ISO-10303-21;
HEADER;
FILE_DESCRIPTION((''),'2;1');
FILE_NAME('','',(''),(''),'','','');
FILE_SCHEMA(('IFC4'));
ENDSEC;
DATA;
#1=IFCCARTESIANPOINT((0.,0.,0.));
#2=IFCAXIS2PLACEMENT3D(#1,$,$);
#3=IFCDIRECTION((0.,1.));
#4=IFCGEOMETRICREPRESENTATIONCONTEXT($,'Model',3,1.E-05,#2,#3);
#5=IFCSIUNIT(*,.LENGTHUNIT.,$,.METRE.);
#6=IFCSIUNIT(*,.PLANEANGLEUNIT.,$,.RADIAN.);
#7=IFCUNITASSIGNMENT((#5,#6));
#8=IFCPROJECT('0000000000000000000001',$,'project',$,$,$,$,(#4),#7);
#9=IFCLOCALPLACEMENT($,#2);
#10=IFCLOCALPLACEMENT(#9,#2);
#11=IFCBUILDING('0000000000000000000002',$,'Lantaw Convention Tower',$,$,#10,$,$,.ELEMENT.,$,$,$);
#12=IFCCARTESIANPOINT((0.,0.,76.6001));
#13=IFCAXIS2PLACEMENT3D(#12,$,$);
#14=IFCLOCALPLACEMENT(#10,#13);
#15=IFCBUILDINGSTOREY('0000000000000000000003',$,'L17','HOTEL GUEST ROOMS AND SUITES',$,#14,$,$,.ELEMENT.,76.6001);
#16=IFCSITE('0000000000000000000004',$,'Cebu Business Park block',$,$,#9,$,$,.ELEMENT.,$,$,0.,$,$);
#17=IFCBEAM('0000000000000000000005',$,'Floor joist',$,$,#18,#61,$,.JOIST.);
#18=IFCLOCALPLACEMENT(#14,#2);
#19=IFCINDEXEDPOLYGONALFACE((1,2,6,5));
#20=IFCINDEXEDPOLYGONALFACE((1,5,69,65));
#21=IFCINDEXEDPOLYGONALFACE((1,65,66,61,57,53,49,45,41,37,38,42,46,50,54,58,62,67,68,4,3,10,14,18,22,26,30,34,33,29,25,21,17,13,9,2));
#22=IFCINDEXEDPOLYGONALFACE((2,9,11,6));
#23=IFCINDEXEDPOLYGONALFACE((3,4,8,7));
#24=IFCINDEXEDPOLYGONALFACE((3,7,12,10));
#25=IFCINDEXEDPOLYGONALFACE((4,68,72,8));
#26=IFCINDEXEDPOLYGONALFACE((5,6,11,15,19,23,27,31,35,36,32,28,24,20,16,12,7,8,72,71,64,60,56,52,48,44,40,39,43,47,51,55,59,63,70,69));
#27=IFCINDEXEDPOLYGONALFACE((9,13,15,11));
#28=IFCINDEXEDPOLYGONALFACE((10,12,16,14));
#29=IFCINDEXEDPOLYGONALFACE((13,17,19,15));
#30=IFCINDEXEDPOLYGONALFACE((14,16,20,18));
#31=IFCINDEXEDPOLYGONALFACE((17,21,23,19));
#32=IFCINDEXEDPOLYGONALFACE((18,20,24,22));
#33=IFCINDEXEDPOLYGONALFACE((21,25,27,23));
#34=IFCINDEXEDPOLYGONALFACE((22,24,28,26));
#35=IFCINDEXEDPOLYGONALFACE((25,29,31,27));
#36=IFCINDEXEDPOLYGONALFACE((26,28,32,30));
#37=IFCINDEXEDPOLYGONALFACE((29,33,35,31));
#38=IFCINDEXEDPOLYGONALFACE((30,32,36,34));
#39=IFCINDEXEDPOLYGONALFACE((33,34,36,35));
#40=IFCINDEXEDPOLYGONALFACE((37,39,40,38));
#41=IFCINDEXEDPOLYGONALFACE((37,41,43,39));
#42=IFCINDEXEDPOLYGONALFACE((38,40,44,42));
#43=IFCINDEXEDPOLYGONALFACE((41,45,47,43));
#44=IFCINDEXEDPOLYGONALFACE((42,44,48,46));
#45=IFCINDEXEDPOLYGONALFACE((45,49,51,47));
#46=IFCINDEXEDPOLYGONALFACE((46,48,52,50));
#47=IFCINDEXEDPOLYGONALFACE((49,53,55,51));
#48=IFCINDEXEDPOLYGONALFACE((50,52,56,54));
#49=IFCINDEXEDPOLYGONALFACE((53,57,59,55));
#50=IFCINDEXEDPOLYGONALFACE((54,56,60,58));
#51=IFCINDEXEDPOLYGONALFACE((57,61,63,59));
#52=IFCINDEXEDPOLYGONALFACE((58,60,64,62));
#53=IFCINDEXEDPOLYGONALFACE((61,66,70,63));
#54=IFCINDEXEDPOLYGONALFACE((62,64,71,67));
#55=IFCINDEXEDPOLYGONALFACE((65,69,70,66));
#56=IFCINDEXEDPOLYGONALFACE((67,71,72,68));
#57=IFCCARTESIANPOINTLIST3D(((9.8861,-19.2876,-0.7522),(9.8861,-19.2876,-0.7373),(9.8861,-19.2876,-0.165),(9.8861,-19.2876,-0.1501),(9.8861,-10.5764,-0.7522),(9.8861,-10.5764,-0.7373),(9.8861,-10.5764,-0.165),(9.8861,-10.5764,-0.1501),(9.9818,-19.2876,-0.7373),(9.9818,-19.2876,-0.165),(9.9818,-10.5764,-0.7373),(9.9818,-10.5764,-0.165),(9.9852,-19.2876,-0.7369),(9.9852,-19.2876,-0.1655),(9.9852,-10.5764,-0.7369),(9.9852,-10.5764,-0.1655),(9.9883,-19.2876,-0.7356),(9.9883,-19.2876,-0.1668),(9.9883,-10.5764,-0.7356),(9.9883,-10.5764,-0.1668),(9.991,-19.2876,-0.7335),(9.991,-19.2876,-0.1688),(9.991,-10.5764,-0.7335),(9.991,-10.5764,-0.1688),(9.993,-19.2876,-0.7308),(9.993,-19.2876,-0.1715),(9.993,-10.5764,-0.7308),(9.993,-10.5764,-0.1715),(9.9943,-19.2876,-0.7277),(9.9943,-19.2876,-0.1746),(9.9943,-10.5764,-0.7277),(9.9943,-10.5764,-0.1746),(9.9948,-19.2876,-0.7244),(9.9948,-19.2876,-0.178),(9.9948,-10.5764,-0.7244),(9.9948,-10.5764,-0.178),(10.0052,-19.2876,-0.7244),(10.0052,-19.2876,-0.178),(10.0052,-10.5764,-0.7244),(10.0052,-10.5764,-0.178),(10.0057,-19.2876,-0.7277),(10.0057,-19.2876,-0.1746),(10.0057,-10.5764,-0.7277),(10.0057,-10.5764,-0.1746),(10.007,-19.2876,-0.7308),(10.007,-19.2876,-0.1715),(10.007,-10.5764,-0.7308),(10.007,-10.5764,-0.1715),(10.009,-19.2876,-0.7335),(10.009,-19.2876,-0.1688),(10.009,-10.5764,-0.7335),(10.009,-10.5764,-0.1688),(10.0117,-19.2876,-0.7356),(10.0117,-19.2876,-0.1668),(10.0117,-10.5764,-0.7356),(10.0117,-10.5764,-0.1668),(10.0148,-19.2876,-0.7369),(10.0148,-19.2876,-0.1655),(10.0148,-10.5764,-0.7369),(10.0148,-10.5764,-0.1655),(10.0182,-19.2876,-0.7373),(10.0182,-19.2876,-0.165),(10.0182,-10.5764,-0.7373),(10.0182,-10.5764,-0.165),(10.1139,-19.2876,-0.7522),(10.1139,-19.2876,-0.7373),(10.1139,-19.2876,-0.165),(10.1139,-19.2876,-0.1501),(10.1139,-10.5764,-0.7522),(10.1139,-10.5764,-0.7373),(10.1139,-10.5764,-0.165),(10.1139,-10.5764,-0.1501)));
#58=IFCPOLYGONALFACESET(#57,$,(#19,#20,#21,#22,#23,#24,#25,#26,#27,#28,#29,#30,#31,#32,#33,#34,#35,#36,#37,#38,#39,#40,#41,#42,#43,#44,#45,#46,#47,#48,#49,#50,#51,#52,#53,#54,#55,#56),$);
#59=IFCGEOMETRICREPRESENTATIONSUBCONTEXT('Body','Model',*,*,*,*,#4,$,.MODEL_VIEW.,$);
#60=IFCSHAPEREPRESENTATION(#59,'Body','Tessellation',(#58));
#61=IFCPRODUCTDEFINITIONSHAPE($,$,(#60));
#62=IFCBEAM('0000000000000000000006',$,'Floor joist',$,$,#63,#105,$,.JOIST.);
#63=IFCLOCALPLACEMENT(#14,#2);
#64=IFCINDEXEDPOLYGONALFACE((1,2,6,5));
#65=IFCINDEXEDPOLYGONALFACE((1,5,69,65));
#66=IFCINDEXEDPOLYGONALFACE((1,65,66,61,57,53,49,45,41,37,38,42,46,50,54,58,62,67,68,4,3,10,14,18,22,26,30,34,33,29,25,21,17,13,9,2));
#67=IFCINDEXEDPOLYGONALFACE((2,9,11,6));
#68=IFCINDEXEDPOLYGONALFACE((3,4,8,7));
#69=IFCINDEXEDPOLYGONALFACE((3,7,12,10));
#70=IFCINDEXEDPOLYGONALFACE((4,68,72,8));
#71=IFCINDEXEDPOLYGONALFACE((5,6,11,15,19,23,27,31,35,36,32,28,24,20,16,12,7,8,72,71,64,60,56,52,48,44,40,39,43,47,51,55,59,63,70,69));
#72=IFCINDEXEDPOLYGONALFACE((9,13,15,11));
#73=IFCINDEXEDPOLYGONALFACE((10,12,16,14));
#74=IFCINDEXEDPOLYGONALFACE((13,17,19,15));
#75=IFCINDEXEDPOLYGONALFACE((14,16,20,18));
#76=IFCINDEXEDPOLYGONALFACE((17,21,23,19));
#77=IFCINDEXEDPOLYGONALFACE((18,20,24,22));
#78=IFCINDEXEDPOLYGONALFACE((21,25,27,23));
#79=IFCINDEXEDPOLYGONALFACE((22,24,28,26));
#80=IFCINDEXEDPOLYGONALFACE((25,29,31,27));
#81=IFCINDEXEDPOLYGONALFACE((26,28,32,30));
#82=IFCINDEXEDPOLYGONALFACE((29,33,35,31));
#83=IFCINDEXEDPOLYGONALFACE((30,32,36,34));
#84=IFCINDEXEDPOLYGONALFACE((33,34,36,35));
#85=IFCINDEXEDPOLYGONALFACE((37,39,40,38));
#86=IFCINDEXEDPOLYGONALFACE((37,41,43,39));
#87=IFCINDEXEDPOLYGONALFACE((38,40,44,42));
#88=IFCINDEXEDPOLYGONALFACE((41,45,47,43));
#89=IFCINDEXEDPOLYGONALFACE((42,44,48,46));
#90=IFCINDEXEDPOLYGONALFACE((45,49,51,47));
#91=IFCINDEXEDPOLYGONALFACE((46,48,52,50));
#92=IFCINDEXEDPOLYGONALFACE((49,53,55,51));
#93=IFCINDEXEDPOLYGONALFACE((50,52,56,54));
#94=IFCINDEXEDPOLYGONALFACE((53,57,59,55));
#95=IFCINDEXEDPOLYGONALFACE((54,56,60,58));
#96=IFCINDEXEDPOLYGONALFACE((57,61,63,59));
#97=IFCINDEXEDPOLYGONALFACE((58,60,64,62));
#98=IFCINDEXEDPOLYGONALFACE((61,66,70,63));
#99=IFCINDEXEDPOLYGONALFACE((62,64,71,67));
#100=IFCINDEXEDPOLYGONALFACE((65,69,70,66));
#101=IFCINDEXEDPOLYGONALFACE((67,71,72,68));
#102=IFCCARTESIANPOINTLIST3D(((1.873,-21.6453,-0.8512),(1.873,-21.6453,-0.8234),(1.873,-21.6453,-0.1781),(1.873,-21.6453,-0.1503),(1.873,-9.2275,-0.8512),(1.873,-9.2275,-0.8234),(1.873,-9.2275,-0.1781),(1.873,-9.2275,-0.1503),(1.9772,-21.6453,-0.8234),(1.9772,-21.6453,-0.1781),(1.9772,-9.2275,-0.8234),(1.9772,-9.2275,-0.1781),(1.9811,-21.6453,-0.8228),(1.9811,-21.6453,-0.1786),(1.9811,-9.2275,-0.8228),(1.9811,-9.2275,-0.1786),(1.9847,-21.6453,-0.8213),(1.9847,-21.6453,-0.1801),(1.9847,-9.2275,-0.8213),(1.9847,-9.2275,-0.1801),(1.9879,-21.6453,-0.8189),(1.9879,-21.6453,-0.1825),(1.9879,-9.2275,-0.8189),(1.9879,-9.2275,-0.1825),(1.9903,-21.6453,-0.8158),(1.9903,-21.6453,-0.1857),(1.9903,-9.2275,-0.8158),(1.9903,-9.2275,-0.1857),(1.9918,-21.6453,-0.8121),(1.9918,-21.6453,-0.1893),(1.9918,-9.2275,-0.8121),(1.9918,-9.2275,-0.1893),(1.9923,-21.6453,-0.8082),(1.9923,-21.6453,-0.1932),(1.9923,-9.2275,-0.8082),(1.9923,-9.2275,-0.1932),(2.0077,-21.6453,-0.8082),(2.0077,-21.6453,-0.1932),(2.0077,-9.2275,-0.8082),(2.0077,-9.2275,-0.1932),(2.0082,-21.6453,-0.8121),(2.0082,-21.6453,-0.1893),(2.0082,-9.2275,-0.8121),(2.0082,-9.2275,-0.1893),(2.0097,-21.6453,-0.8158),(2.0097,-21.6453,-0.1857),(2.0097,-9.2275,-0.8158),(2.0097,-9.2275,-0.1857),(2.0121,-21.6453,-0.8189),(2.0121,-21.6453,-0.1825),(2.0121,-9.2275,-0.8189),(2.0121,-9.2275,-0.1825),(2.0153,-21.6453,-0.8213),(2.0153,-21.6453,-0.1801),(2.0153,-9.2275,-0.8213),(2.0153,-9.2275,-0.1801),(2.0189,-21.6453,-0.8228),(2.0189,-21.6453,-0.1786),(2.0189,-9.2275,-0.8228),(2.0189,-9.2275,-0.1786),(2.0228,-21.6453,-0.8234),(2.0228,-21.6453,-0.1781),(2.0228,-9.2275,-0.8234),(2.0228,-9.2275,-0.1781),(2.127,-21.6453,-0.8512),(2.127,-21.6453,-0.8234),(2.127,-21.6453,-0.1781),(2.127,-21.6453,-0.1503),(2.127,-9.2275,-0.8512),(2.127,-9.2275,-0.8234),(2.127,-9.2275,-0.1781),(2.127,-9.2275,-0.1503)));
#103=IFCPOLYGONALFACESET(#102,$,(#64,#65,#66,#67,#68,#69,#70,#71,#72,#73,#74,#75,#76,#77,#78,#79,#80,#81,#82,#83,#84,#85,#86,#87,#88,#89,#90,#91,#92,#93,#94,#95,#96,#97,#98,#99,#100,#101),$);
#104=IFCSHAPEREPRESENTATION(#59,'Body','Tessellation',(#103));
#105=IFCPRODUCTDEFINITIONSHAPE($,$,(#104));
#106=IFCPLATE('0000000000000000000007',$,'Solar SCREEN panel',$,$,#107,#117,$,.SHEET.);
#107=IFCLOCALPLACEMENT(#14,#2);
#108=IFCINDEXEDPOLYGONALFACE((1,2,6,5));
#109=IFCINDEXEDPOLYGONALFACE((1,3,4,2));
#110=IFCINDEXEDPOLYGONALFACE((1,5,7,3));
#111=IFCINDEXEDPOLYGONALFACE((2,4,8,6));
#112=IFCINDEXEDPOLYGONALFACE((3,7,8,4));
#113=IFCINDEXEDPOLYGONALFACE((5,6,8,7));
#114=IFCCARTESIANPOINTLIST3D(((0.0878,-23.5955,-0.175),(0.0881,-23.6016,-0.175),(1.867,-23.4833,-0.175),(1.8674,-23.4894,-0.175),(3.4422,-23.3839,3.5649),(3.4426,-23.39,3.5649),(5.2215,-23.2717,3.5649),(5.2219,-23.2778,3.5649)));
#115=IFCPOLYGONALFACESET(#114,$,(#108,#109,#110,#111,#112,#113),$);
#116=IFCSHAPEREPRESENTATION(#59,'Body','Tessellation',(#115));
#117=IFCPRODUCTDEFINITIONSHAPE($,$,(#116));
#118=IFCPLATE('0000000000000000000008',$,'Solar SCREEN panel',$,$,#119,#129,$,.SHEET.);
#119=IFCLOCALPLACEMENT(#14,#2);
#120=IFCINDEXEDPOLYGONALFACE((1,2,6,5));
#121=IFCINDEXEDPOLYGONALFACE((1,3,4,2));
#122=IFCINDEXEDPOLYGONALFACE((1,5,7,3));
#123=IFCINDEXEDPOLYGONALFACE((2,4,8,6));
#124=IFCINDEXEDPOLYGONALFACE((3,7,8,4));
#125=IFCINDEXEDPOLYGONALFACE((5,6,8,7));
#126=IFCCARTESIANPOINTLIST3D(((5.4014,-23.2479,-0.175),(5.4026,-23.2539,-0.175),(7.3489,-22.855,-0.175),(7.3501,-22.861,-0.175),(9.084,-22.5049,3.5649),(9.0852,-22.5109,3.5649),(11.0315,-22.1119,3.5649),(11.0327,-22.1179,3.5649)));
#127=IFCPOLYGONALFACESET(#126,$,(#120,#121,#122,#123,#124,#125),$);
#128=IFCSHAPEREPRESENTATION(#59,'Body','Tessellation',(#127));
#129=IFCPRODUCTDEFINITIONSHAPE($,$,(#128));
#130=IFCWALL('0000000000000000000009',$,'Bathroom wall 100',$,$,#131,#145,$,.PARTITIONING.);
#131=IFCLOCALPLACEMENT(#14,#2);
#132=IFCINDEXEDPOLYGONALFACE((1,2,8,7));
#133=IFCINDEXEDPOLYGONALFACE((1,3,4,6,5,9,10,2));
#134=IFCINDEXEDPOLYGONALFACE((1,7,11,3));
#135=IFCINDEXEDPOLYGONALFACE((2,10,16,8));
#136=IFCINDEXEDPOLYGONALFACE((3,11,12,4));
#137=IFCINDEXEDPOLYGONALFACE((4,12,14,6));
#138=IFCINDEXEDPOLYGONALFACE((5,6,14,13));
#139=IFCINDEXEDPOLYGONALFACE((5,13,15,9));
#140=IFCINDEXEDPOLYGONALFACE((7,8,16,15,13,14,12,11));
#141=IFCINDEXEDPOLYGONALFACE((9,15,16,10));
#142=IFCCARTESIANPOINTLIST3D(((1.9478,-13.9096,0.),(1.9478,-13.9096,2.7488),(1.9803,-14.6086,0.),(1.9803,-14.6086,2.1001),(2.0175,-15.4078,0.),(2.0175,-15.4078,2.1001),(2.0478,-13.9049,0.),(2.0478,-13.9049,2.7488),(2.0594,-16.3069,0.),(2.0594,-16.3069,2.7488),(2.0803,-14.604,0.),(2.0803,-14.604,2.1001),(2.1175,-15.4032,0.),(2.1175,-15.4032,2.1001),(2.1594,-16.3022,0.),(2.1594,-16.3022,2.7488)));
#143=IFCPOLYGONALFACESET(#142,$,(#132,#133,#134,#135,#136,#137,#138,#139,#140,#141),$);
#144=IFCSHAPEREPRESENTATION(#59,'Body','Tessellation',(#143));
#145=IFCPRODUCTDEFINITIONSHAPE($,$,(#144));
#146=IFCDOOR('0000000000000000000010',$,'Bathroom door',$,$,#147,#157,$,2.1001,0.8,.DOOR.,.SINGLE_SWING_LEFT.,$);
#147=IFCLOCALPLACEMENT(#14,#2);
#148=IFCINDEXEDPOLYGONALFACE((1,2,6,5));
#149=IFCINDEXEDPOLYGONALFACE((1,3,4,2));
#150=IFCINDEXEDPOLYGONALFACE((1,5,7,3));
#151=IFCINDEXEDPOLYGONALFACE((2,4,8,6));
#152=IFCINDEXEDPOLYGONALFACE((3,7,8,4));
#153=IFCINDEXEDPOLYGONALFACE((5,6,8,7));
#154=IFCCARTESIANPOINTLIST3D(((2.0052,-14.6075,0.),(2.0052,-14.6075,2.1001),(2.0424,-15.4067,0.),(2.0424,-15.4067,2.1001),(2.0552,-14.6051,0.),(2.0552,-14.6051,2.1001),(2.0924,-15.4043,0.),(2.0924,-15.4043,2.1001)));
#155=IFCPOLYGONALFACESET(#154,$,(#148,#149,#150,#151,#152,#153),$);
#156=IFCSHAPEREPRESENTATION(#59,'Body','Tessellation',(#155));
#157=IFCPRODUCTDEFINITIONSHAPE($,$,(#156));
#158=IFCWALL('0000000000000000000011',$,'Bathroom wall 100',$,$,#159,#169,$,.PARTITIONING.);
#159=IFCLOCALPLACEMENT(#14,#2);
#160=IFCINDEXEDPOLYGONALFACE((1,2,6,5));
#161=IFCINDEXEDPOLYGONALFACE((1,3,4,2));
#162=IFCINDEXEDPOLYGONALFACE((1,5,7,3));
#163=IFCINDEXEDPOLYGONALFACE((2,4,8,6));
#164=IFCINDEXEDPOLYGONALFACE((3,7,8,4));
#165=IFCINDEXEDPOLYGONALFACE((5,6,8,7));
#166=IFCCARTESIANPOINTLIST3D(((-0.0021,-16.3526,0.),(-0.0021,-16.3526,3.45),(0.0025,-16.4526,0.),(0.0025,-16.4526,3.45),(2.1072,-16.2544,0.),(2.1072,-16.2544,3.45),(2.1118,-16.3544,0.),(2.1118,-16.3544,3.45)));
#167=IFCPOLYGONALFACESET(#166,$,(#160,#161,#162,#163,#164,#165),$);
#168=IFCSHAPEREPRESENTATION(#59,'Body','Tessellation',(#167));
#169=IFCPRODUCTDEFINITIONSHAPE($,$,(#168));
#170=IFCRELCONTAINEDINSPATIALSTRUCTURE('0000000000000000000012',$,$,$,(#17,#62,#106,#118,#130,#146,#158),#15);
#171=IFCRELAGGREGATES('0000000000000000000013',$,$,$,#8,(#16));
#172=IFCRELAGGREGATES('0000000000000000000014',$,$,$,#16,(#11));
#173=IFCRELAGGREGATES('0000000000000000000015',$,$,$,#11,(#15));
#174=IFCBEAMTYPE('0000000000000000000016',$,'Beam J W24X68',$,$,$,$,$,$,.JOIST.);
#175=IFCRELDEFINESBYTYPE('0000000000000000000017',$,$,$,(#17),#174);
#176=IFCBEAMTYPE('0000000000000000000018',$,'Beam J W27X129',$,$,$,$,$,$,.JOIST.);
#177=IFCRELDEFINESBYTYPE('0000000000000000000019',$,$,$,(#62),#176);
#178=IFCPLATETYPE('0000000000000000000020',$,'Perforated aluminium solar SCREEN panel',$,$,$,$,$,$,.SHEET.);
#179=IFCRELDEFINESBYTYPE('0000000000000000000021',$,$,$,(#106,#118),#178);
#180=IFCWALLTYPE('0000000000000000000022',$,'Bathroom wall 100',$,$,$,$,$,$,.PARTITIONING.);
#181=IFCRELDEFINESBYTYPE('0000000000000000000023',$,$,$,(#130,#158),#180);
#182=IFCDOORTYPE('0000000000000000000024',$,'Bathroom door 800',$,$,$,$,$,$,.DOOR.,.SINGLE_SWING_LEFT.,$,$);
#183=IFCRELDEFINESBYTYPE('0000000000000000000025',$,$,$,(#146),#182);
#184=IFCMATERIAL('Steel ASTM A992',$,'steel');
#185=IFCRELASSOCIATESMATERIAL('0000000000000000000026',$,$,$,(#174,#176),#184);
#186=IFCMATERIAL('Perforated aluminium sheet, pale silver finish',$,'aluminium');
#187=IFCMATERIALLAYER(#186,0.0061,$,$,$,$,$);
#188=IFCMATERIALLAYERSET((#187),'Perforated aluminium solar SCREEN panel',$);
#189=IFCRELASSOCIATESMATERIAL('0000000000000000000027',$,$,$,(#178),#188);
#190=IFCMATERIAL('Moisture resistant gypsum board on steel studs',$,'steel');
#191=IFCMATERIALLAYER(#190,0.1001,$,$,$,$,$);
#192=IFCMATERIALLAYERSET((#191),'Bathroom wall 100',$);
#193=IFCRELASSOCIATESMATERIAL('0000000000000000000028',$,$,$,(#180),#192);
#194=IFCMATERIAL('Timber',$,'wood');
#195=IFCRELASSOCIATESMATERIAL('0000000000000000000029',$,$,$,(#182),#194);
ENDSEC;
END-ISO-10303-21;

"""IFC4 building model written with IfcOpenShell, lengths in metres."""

from ifc_helpers import new_model, si_unit, direction, frame, frame_2d, origin, origin_2d, place, context, subcontext, project, spatial, polyline, rectangle, i_section, outline, extrude, material, layer, layer_set, material_profile, profile_set, type_object, element, fill, save


model = new_model("IFC4")

# Units and contexts
model_context = context("Model", 3, precision=1e-05, world=origin(), true_north=direction((0.0, 1.0)))
body_context = subcontext(model_context, "Body", "Model", "MODEL_VIEW")
ifc_project = project(units=[si_unit("LENGTHUNIT", "METRE"), si_unit("PLANEANGLEUNIT", "RADIAN")], contexts=[model_context])

# Site, building, storey
site_placement = place(None, origin())
site = spatial("IfcSite", under=ifc_project, at=site_placement, Name="Cebu Business Park block", CompositionType="ELEMENT", RefElevation=0.0)
building_placement = place(site_placement, origin())
building = spatial("IfcBuilding", under=site, at=building_placement, Name="Lantaw Convention Tower", CompositionType="ELEMENT")
storey_placement = place(building_placement, frame((0.0, 0.0, 76.6001)))
storey = spatial("IfcBuildingStorey", under=building, at=storey_placement, Name="L17", Description="HOTEL GUEST ROOMS AND SUITES", CompositionType="ELEMENT", Elevation=76.6001)

# Beams
ifc_material_1 = material(Name="Steel ASTM A992", Category="steel")
ifc_material_profile_1 = material_profile(ifc_material_1, i_section(OverallWidth=0.2278, OverallDepth=0.6021, WebThickness=0.0105, FlangeThickness=0.0149, FilletRadius=0.0129, at=origin_2d()), Name="W24X68")
ifc_profile_set_1 = profile_set([ifc_material_profile_1], Name="Steel ASTM A992")
beam_type_1 = type_object("IfcBeamType", Name="Beam J W24X68", PredefinedType="JOIST", material=ifc_profile_set_1)
beam_1_placement = place(storey_placement, frame((10.0, -19.2876, -0.4512), z_axis=(0.0, 1.0, 0.0), x_axis=(-1.0, 0.0, 0.0)))
element("IfcBeam", 1, at=beam_1_placement, inside=storey, type_object=beam_type_1, Name="Floor joist", PredefinedType="JOIST", context=body_context, shape_type="SweptSolid", body=[
    extrude(i_section(OverallWidth=0.2278, OverallDepth=0.6021, WebThickness=0.0105, FlangeThickness=0.0149, FilletRadius=0.0129, at=origin_2d()), origin(), (0.0, 0.0, 1.0), 8.7112),
])
ifc_material_profile_2 = material_profile(ifc_material_1, i_section(OverallWidth=0.2539, OverallDepth=0.7009, WebThickness=0.0154, FlangeThickness=0.0278, FilletRadius=0.0151, at=origin_2d()), Name="W27X129")
ifc_profile_set_2 = profile_set([ifc_material_profile_2], Name="Steel ASTM A992")
beam_type_2 = type_object("IfcBeamType", Name="Beam J W27X129", PredefinedType="JOIST", material=ifc_profile_set_2)
beam_2_placement = place(storey_placement, frame((2.0, -21.6453, -0.5007), z_axis=(0.0, 1.0, 0.0), x_axis=(-1.0, 0.0, 0.0)))
element("IfcBeam", 2, at=beam_2_placement, inside=storey, type_object=beam_type_2, Name="Floor joist", PredefinedType="JOIST", context=body_context, shape_type="SweptSolid", body=[
    extrude(i_section(OverallWidth=0.2539, OverallDepth=0.7009, WebThickness=0.0154, FlangeThickness=0.0278, FilletRadius=0.0151, at=origin_2d()), origin(), (0.0, 0.0, 1.0), 12.4177),
])

# Plates
ifc_material_2 = material(Name="Perforated aluminium sheet, pale silver finish", Category="aluminium")
ifc_layer_1 = layer(ifc_material_2, 0.0061)
ifc_layer_set_1 = layer_set([ifc_layer_1], Name="Perforated aluminium solar SCREEN panel")
plate_type = type_object("IfcPlateType", Name="Perforated aluminium solar SCREEN panel", PredefinedType="SHEET", material=ifc_layer_set_1)
plate_1_placement = place(storey_placement, frame((0.0881, -23.6016, -0.175), z_axis=(0.062924, -0.998018, 0.000014), x_axis=(0.998018, 0.062924, 0.0)))
element("IfcPlate", 3, at=plate_1_placement, inside=storey, type_object=plate_type, Name="Solar SCREEN panel", PredefinedType="SHEET", context=body_context, shape_type="SweptSolid", body=[
    extrude(outline(polyline([(0.0, 0.0), (1.7828, 0.0), (5.144, 3.74), (3.3611, 3.74), (0.0, 0.0)])), origin(), (0.0, 0.0, -1.0), 0.0061),
])
plate_2_placement = place(storey_placement, frame((5.4026, -23.2539, -0.175), z_axis=(0.197782, -0.980246, 0.000002), x_axis=(0.980246, 0.197782, 0.0)))
element("IfcPlate", 4, at=plate_2_placement, inside=storey, type_object=plate_type, Name="Solar SCREEN panel", PredefinedType="SHEET", context=body_context, shape_type="SweptSolid", body=[
    extrude(outline(polyline([(0.0, 0.0), (1.9867, 0.0), (5.7436, 3.74), (3.7568, 3.74), (0.0, 0.0)])), origin(), (0.0, 0.0, -1.0), 0.0061),
])

# Wall, opening, door
ifc_material_3 = material(Name="Moisture resistant gypsum board on steel studs", Category="steel")
ifc_layer_2 = layer(ifc_material_3, 0.1001)
ifc_layer_set_2 = layer_set([ifc_layer_2], Name="Bathroom wall 100")
wall_type_1 = type_object("IfcWallType", Name="Bathroom wall 100", PredefinedType="PARTITIONING", material=ifc_layer_set_2)
wall_1_placement = place(storey_placement, frame((1.9978, -13.9072, 0.0), z_axis=(0.0, 0.0, 1.0), x_axis=(0.046492, -0.998919, 0.0)))
wall_1 = element("IfcWall", 5, at=wall_1_placement, inside=storey, type_object=wall_type_1, Name="Bathroom wall 100", PredefinedType="PARTITIONING", context=body_context, shape_type="SweptSolid", body=[
    extrude(rectangle(XDim=2.3999, YDim=0.1001, at=frame_2d((1.2, 0.0))), origin(), (0.0, 0.0, 1.0), 2.7488),
])
opening_1_placement = place(wall_1_placement, frame((0.7, 0.0, 0.0)))
opening_1 = element("IfcOpeningElement", 6, at=opening_1_placement, cuts=wall_1, PredefinedType="OPENING", context=body_context, shape_type="SweptSolid", body=[
    extrude(rectangle(XDim=0.8, YDim=2.1001, at=frame_2d((0.3999, 1.05))), frame((0.0, 0.0601, 0.0), z_axis=(0.0, -1.0, 0.0), x_axis=(1.0, 0.0, 0.0)), (0.0, 0.0, 1.0), 0.1201),
])
ifc_material_4 = material(Name="Timber", Category="wood")
door_type_1 = type_object("IfcDoorType", Name="Bathroom door 800", OperationType="SINGLE_SWING_LEFT", PredefinedType="DOOR", material=ifc_material_4)
door_1_placement = place(opening_1_placement, origin())
door_1 = element("IfcDoor", 7, at=door_1_placement, inside=storey, type_object=door_type_1, Name="Bathroom door", OperationType="SINGLE_SWING_LEFT", OverallHeight=2.1001, OverallWidth=0.8, PredefinedType="DOOR", context=body_context, shape_type="SweptSolid", body=[
    extrude(rectangle(XDim=0.8, YDim=2.1001, at=frame_2d((0.3999, 1.05))), frame((0.0, 0.0249, 0.0), z_axis=(0.0, -1.0, 0.0), x_axis=(1.0, 0.0, 0.0)), (0.0, 0.0, 1.0), 0.05),
])
fill(opening_1, door_1)

# Wall
wall_2_placement = place(storey_placement, frame((2.1094, -16.3044, 0.0), z_axis=(0.0, 0.0, 1.0), x_axis=(-0.998919, -0.046477, 0.0)))
element("IfcWall", 8, at=wall_2_placement, inside=storey, type_object=wall_type_1, Name="Bathroom wall 100", PredefinedType="PARTITIONING", context=body_context, shape_type="SweptSolid", body=[
    extrude(rectangle(XDim=2.1116, YDim=0.1001, at=frame_2d((1.0557, 0.0))), origin(), (0.0, 0.0, 1.0), 3.45),
])

save(model, "model.ifc")
